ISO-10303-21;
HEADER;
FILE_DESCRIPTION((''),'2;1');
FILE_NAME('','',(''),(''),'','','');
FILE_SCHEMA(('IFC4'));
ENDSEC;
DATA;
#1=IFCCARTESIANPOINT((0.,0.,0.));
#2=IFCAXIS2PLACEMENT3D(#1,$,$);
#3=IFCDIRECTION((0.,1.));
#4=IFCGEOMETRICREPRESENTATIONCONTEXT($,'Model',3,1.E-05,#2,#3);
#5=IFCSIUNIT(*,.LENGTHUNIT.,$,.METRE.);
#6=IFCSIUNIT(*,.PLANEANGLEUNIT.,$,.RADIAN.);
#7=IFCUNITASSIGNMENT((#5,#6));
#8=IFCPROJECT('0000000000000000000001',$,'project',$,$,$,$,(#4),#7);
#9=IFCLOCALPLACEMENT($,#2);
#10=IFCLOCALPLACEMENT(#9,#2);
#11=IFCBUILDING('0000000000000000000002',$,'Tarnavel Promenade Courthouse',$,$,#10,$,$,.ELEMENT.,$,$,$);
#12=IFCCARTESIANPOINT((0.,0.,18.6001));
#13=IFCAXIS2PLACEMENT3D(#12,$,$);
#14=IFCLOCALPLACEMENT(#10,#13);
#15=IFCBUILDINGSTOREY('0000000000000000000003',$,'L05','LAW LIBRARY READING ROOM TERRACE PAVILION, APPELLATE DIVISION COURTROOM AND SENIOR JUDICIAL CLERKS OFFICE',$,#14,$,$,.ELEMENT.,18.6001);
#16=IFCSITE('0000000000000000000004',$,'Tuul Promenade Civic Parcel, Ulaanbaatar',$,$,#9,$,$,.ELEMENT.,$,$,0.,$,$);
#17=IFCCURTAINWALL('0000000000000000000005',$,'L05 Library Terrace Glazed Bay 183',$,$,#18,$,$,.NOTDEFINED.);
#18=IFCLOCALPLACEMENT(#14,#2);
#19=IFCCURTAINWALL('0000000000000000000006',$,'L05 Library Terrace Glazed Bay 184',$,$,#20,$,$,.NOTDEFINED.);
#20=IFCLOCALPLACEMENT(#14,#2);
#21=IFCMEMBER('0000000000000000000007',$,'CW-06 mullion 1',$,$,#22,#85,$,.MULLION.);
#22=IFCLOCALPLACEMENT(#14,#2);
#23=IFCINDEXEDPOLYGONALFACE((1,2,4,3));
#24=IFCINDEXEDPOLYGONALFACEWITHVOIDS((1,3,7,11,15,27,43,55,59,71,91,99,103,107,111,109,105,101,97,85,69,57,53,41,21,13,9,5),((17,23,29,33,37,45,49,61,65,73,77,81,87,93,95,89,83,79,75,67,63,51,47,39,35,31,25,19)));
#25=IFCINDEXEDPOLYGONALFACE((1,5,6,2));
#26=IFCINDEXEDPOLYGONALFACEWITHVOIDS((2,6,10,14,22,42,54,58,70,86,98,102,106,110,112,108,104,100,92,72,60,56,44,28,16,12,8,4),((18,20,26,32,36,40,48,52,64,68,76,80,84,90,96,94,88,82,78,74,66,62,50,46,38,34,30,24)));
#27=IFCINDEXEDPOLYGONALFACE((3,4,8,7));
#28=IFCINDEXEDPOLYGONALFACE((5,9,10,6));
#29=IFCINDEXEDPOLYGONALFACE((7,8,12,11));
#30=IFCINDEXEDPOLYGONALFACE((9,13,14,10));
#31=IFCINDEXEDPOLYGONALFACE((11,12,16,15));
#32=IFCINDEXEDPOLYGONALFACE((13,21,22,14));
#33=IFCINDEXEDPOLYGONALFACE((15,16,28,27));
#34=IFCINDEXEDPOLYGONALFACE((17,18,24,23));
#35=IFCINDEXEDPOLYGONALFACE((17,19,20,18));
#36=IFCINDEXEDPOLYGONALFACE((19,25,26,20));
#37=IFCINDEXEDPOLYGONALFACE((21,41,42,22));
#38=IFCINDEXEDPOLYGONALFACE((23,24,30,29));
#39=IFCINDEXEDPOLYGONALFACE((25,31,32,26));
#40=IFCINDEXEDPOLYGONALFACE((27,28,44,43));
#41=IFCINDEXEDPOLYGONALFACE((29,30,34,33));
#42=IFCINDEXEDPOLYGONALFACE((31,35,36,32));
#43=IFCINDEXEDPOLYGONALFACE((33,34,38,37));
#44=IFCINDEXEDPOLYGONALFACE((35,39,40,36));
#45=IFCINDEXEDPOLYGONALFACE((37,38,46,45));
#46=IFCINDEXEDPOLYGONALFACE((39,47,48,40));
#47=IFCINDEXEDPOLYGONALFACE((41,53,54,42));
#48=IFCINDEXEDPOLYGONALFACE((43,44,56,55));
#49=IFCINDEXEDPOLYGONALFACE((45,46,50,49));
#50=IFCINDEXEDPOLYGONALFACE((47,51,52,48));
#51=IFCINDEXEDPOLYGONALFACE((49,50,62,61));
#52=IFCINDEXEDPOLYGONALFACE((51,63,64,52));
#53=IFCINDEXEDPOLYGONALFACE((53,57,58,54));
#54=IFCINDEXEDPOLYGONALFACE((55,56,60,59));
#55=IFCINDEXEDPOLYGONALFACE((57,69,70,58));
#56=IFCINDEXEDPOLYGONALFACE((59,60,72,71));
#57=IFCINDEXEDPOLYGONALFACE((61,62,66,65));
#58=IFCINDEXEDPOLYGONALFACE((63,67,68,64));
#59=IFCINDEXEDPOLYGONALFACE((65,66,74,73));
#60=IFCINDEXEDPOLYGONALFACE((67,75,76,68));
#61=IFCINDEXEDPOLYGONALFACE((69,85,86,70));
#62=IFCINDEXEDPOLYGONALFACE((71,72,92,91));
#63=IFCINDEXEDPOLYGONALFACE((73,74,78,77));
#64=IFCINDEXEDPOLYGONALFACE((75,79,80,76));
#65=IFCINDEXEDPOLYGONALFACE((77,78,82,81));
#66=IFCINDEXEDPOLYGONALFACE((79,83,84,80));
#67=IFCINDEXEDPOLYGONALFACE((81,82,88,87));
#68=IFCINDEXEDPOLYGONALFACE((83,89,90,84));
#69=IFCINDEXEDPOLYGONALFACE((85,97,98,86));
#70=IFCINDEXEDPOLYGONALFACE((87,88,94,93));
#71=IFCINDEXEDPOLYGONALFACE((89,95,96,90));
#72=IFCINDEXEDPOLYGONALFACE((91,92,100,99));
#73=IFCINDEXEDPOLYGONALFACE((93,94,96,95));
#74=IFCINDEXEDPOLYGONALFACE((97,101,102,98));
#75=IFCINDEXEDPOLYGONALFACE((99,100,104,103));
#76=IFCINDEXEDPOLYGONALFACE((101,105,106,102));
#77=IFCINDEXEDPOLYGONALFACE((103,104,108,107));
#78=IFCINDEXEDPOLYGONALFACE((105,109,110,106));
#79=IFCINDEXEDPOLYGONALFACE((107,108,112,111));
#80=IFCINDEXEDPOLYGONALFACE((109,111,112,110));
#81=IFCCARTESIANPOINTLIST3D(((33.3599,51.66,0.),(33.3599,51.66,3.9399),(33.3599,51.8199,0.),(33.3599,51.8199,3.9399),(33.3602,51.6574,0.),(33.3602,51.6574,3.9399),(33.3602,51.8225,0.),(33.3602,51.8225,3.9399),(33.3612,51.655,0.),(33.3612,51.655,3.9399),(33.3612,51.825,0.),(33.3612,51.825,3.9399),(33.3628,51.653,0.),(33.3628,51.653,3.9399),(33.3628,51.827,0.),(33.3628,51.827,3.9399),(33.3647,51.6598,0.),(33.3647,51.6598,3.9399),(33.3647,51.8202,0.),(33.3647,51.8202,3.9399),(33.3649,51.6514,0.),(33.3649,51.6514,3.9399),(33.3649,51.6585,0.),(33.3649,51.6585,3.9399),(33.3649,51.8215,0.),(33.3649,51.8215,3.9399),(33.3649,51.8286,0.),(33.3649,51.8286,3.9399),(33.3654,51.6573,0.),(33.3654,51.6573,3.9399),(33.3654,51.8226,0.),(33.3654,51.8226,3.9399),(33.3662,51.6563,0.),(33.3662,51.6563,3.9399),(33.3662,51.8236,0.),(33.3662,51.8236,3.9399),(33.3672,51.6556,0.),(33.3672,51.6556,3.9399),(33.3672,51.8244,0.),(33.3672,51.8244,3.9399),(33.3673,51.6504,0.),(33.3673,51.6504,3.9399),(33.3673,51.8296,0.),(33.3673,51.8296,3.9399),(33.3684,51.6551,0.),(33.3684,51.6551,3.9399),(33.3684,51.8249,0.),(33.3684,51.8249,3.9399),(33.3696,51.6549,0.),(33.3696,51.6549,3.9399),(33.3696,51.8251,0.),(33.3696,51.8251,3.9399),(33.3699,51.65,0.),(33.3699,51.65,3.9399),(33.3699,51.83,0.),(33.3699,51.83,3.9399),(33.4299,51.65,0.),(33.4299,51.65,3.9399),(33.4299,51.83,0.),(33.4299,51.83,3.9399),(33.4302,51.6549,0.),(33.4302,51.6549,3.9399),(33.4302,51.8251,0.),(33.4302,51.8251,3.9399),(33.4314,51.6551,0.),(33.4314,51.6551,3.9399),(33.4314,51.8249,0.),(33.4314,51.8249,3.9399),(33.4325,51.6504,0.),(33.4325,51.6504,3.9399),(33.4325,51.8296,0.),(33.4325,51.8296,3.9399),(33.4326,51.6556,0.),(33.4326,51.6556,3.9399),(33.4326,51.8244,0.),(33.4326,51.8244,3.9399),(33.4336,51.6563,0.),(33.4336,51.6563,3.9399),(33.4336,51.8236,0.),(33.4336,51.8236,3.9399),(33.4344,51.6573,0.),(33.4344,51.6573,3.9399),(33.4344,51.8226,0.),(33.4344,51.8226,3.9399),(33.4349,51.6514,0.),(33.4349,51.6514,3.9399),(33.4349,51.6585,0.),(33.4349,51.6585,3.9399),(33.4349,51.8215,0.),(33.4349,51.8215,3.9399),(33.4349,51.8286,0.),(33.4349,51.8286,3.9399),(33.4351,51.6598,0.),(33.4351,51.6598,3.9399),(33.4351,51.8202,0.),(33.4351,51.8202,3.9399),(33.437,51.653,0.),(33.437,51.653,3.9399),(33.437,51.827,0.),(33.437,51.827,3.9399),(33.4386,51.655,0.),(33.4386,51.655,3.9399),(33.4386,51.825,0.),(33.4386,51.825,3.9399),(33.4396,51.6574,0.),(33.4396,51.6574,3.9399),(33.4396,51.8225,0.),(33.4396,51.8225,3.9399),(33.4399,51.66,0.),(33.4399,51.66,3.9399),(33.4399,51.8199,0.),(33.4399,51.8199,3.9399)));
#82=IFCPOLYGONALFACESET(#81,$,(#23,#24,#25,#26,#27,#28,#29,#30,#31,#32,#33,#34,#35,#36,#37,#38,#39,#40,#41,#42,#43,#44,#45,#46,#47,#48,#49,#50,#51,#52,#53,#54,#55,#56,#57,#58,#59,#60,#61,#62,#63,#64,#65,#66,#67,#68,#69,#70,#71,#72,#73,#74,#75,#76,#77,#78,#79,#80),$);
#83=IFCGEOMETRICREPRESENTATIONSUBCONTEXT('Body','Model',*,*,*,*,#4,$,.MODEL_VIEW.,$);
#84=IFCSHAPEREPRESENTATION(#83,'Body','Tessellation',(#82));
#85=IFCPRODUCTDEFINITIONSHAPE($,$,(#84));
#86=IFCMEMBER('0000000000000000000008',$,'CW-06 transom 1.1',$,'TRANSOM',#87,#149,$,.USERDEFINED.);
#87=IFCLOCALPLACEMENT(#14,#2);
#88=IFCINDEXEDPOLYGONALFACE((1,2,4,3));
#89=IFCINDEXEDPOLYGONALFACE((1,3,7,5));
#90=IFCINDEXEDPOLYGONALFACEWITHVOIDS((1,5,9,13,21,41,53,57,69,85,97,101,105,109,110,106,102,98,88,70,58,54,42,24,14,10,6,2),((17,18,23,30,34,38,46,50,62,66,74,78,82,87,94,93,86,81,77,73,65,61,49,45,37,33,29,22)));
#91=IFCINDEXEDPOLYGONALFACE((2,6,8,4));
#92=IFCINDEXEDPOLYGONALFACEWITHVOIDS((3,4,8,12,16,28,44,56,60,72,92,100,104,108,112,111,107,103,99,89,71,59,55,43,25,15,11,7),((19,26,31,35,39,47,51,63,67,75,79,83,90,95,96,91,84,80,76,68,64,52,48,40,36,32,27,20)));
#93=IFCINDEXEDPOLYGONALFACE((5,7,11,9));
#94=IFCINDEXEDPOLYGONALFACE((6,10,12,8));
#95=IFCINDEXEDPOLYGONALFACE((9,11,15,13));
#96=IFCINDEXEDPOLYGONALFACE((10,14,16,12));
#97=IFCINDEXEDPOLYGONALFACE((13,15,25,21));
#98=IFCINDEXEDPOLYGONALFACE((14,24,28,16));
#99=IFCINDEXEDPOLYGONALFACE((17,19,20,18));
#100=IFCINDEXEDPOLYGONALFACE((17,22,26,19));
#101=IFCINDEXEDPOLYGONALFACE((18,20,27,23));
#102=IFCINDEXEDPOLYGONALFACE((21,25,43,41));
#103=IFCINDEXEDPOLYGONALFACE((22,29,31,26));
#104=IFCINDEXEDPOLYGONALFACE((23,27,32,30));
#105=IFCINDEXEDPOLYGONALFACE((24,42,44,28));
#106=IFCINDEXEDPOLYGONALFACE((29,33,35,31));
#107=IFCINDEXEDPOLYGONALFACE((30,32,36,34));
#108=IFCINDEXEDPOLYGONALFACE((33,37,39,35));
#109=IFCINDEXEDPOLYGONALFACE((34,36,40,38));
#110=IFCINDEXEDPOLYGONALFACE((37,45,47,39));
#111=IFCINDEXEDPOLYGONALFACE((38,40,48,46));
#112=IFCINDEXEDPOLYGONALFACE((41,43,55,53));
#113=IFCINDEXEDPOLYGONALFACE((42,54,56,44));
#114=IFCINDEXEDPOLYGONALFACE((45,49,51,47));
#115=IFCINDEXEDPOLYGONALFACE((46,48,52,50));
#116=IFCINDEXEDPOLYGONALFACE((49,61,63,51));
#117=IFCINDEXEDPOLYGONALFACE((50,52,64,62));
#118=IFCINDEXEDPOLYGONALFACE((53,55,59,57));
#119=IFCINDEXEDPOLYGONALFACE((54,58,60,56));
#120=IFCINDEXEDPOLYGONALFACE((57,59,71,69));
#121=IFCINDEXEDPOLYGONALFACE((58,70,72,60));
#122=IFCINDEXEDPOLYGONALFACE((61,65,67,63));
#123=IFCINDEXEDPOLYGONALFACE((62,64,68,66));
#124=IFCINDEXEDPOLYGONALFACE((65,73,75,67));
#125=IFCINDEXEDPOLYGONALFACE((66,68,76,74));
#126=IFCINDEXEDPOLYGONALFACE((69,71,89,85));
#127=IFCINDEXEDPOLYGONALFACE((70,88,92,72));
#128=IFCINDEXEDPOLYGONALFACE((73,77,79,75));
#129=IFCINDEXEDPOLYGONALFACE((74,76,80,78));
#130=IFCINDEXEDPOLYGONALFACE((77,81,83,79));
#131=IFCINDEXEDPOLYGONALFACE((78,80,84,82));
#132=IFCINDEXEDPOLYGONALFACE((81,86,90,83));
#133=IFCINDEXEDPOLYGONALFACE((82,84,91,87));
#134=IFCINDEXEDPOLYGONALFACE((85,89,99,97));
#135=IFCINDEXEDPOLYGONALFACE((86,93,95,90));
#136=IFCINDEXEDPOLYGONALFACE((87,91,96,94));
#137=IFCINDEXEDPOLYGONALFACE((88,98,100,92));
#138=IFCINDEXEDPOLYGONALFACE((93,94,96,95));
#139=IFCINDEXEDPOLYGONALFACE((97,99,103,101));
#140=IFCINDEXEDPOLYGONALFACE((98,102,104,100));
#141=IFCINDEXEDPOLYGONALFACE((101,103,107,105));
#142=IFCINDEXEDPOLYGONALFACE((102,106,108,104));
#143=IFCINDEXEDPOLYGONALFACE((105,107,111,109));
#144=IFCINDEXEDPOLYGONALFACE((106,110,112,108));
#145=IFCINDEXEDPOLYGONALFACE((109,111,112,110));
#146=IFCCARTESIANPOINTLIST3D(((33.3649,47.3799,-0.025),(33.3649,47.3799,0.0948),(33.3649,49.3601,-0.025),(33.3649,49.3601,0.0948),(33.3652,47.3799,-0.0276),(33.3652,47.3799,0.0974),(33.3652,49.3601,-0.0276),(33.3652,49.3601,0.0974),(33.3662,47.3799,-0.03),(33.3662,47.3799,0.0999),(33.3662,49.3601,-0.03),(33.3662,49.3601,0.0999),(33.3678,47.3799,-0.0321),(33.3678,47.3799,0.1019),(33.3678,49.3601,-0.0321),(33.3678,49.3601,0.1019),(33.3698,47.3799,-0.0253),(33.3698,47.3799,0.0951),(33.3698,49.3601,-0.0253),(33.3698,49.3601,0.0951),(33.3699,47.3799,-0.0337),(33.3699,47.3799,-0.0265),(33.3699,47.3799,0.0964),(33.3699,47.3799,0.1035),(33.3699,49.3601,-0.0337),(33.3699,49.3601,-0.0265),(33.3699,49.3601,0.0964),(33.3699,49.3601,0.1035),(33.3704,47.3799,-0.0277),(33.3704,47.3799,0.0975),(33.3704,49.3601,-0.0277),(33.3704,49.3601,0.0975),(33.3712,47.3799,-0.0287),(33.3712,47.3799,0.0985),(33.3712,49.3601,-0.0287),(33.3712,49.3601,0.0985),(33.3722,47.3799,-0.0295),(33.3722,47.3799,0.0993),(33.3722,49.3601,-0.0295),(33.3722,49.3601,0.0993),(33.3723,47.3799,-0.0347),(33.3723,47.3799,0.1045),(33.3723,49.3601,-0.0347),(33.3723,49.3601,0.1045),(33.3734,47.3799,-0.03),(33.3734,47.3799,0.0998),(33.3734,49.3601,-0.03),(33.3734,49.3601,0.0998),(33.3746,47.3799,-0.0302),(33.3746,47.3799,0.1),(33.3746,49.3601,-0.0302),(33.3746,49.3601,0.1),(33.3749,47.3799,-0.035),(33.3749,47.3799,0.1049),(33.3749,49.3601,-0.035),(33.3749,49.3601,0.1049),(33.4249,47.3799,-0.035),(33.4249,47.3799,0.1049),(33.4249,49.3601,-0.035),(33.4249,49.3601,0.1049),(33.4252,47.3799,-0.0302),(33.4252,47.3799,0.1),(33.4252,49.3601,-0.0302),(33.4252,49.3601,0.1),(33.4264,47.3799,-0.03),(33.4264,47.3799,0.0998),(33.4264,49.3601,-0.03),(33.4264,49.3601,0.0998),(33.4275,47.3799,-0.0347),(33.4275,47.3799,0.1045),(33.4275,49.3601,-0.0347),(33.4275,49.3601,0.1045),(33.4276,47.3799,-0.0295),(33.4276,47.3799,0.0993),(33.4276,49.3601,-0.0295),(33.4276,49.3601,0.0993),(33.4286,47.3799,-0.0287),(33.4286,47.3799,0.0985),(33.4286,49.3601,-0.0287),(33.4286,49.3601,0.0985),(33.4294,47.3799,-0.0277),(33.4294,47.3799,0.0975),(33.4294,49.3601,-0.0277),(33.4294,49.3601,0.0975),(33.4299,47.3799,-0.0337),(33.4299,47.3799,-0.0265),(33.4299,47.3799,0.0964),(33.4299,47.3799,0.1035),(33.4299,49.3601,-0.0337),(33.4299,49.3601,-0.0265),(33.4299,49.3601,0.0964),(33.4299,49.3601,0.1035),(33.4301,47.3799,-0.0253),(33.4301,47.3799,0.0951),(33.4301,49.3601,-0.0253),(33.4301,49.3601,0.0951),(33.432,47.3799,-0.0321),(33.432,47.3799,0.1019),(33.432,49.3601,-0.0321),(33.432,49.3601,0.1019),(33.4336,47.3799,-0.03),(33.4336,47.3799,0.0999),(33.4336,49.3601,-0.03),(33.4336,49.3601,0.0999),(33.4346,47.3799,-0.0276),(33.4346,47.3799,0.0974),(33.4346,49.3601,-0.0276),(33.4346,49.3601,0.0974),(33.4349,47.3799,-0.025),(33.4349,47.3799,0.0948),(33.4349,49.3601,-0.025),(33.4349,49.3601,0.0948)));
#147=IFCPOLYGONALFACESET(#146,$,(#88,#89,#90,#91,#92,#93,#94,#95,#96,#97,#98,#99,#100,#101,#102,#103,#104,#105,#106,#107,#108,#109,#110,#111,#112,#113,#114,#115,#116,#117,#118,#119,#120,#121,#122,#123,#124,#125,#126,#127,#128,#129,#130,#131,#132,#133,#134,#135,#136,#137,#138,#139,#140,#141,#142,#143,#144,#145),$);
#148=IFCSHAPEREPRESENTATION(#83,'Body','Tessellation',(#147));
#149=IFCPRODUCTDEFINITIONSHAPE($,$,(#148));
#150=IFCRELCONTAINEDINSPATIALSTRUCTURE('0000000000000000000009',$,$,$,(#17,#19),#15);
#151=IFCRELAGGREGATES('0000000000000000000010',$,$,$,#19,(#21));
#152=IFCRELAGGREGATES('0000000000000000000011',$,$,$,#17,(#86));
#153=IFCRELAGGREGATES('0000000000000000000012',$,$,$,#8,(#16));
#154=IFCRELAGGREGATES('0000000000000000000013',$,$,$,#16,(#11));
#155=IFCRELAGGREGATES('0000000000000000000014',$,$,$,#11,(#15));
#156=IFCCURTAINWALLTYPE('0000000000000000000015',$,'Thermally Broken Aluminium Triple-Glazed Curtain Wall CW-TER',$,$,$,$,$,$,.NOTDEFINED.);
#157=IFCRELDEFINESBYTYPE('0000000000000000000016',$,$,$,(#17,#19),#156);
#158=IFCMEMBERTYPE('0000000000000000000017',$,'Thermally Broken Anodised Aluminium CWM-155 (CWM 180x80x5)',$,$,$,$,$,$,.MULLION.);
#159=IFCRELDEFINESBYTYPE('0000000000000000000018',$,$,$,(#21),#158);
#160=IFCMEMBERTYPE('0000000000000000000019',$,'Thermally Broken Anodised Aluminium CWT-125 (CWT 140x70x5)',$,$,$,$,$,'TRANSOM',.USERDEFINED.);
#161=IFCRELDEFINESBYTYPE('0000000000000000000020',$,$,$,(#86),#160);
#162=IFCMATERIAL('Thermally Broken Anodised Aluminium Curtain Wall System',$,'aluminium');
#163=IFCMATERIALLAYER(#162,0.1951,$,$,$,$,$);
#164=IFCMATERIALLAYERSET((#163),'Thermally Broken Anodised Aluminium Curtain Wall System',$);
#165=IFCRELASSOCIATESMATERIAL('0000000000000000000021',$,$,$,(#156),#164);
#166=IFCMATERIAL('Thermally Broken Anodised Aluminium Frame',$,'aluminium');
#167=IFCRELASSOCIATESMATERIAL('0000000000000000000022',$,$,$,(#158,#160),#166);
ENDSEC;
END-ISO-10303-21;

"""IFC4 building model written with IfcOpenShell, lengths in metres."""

from ifc_helpers import new_model, si_unit, direction, frame, origin, origin_2d, place, context, subcontext, project, spatial, hollow_rectangle, extrude, material, layer, layer_set, material_profile, profile_set, type_object, element, aggregate, save


model = new_model("IFC4")

# Units and contexts
model_context = context("Model", 3, precision=1e-05, world=origin(), true_north=direction((0.0, 1.0)))
body_context = subcontext(model_context, "Body", "Model", "MODEL_VIEW")
ifc_project = project(units=[si_unit("LENGTHUNIT", "METRE"), si_unit("PLANEANGLEUNIT", "RADIAN")], contexts=[model_context])

# Site, building, storey
site_placement = place(None, origin())
site = spatial("IfcSite", under=ifc_project, at=site_placement, Name="Tuul Promenade Civic Parcel, Ulaanbaatar", CompositionType="ELEMENT", RefElevation=0.0)
building_placement = place(site_placement, origin())
building = spatial("IfcBuilding", under=site, at=building_placement, Name="Tarnavel Promenade Courthouse", CompositionType="ELEMENT")
storey_placement = place(building_placement, frame((0.0, 0.0, 18.6001)))
storey = spatial("IfcBuildingStorey", under=building, at=storey_placement, Name="L05", Description="LAW LIBRARY READING ROOM TERRACE PAVILION, APPELLATE DIVISION COURTROOM AND SENIOR JUDICIAL CLERKS OFFICE", CompositionType="ELEMENT", Elevation=18.6001)

# Shared definitions
ifc_material_1 = material(Name="Thermally Broken Anodised Aluminium Curtain Wall System", Category="aluminium")
ifc_layer_1 = layer(ifc_material_1, 0.1951)
ifc_layer_set_1 = layer_set([ifc_layer_1], Name="Thermally Broken Anodised Aluminium Curtain Wall System")
curtain_wall_type = type_object("IfcCurtainWallType", Name="Thermally Broken Aluminium Triple-Glazed Curtain Wall CW-TER", PredefinedType="NOTDEFINED", material=ifc_layer_set_1)
ifc_material_2 = material(Name="Thermally Broken Anodised Aluminium Frame", Category="aluminium")
ifc_material_profile_1 = material_profile(ifc_material_2, hollow_rectangle(XDim=0.0801, YDim=0.1799, WallThickness=0.0049, InnerFilletRadius=0.0049, OuterFilletRadius=0.01, at=origin_2d()), Name="CWM 180x80x5")
ifc_profile_set_1 = profile_set([ifc_material_profile_1], Name="Thermally Broken Anodised Aluminium Frame")
member_type_1 = type_object("IfcMemberType", Name="Thermally Broken Anodised Aluminium CWM-155 (CWM 180x80x5)", PredefinedType="MULLION", material=ifc_profile_set_1)

# Curtain wall
curtain_wall_1_placement = place(storey_placement, origin())
curtain_wall_1 = element("IfcCurtainWall", 1, at=curtain_wall_1_placement, inside=storey, type_object=curtain_wall_type, Name="L05 Library Terrace Glazed Bay 183", PredefinedType="NOTDEFINED")

# Curtain wall, member
curtain_wall_2_placement = place(storey_placement, origin())
curtain_wall_2 = element("IfcCurtainWall", 2, at=curtain_wall_2_placement, inside=storey, type_object=curtain_wall_type, Name="L05 Library Terrace Glazed Bay 184", PredefinedType="NOTDEFINED")
member_1_placement = place(storey_placement, frame((33.3999, 51.74, 0.0), z_axis=(0.0, 0.0, 1.0), x_axis=(-1.0, 0.0, 0.0)))
member_1 = element("IfcMember", 3, at=member_1_placement, type_object=member_type_1, Name="CW-06 mullion 1", PredefinedType="MULLION", context=body_context, shape_type="SweptSolid", body=[
    extrude(hollow_rectangle(XDim=0.0801, YDim=0.1799, WallThickness=0.0049, InnerFilletRadius=0.0049, OuterFilletRadius=0.01, at=origin_2d()), origin(), (0.0, 0.0, 1.0), 3.9399),
])

# Member
ifc_material_profile_2 = material_profile(ifc_material_2, hollow_rectangle(XDim=0.0701, YDim=0.1399, WallThickness=0.0049, InnerFilletRadius=0.0049, OuterFilletRadius=0.01, at=origin_2d()), Name="CWT 140x70x5")
ifc_profile_set_2 = profile_set([ifc_material_profile_2], Name="Thermally Broken Anodised Aluminium Frame")
member_type_2 = type_object("IfcMemberType", Name="Thermally Broken Anodised Aluminium CWT-125 (CWT 140x70x5)", ElementType="TRANSOM", PredefinedType="USERDEFINED", material=ifc_profile_set_2)
member_2_placement = place(storey_placement, frame((33.3999, 47.3799, 0.0349), z_axis=(0.0, 1.0, 0.0), x_axis=(-1.0, 0.0, 0.0)))
member_2 = element("IfcMember", 4, at=member_2_placement, type_object=member_type_2, Name="CW-06 transom 1.1", ObjectType="TRANSOM", PredefinedType="USERDEFINED", context=body_context, shape_type="SweptSolid", body=[
    extrude(hollow_rectangle(XDim=0.0701, YDim=0.1399, WallThickness=0.0049, InnerFilletRadius=0.0049, OuterFilletRadius=0.01, at=origin_2d()), origin(), (0.0, 0.0, 1.0), 1.9802),
])
aggregate(curtain_wall_2, [member_1])

aggregate(curtain_wall_1, [member_2])

save(model, "model.ifc")
